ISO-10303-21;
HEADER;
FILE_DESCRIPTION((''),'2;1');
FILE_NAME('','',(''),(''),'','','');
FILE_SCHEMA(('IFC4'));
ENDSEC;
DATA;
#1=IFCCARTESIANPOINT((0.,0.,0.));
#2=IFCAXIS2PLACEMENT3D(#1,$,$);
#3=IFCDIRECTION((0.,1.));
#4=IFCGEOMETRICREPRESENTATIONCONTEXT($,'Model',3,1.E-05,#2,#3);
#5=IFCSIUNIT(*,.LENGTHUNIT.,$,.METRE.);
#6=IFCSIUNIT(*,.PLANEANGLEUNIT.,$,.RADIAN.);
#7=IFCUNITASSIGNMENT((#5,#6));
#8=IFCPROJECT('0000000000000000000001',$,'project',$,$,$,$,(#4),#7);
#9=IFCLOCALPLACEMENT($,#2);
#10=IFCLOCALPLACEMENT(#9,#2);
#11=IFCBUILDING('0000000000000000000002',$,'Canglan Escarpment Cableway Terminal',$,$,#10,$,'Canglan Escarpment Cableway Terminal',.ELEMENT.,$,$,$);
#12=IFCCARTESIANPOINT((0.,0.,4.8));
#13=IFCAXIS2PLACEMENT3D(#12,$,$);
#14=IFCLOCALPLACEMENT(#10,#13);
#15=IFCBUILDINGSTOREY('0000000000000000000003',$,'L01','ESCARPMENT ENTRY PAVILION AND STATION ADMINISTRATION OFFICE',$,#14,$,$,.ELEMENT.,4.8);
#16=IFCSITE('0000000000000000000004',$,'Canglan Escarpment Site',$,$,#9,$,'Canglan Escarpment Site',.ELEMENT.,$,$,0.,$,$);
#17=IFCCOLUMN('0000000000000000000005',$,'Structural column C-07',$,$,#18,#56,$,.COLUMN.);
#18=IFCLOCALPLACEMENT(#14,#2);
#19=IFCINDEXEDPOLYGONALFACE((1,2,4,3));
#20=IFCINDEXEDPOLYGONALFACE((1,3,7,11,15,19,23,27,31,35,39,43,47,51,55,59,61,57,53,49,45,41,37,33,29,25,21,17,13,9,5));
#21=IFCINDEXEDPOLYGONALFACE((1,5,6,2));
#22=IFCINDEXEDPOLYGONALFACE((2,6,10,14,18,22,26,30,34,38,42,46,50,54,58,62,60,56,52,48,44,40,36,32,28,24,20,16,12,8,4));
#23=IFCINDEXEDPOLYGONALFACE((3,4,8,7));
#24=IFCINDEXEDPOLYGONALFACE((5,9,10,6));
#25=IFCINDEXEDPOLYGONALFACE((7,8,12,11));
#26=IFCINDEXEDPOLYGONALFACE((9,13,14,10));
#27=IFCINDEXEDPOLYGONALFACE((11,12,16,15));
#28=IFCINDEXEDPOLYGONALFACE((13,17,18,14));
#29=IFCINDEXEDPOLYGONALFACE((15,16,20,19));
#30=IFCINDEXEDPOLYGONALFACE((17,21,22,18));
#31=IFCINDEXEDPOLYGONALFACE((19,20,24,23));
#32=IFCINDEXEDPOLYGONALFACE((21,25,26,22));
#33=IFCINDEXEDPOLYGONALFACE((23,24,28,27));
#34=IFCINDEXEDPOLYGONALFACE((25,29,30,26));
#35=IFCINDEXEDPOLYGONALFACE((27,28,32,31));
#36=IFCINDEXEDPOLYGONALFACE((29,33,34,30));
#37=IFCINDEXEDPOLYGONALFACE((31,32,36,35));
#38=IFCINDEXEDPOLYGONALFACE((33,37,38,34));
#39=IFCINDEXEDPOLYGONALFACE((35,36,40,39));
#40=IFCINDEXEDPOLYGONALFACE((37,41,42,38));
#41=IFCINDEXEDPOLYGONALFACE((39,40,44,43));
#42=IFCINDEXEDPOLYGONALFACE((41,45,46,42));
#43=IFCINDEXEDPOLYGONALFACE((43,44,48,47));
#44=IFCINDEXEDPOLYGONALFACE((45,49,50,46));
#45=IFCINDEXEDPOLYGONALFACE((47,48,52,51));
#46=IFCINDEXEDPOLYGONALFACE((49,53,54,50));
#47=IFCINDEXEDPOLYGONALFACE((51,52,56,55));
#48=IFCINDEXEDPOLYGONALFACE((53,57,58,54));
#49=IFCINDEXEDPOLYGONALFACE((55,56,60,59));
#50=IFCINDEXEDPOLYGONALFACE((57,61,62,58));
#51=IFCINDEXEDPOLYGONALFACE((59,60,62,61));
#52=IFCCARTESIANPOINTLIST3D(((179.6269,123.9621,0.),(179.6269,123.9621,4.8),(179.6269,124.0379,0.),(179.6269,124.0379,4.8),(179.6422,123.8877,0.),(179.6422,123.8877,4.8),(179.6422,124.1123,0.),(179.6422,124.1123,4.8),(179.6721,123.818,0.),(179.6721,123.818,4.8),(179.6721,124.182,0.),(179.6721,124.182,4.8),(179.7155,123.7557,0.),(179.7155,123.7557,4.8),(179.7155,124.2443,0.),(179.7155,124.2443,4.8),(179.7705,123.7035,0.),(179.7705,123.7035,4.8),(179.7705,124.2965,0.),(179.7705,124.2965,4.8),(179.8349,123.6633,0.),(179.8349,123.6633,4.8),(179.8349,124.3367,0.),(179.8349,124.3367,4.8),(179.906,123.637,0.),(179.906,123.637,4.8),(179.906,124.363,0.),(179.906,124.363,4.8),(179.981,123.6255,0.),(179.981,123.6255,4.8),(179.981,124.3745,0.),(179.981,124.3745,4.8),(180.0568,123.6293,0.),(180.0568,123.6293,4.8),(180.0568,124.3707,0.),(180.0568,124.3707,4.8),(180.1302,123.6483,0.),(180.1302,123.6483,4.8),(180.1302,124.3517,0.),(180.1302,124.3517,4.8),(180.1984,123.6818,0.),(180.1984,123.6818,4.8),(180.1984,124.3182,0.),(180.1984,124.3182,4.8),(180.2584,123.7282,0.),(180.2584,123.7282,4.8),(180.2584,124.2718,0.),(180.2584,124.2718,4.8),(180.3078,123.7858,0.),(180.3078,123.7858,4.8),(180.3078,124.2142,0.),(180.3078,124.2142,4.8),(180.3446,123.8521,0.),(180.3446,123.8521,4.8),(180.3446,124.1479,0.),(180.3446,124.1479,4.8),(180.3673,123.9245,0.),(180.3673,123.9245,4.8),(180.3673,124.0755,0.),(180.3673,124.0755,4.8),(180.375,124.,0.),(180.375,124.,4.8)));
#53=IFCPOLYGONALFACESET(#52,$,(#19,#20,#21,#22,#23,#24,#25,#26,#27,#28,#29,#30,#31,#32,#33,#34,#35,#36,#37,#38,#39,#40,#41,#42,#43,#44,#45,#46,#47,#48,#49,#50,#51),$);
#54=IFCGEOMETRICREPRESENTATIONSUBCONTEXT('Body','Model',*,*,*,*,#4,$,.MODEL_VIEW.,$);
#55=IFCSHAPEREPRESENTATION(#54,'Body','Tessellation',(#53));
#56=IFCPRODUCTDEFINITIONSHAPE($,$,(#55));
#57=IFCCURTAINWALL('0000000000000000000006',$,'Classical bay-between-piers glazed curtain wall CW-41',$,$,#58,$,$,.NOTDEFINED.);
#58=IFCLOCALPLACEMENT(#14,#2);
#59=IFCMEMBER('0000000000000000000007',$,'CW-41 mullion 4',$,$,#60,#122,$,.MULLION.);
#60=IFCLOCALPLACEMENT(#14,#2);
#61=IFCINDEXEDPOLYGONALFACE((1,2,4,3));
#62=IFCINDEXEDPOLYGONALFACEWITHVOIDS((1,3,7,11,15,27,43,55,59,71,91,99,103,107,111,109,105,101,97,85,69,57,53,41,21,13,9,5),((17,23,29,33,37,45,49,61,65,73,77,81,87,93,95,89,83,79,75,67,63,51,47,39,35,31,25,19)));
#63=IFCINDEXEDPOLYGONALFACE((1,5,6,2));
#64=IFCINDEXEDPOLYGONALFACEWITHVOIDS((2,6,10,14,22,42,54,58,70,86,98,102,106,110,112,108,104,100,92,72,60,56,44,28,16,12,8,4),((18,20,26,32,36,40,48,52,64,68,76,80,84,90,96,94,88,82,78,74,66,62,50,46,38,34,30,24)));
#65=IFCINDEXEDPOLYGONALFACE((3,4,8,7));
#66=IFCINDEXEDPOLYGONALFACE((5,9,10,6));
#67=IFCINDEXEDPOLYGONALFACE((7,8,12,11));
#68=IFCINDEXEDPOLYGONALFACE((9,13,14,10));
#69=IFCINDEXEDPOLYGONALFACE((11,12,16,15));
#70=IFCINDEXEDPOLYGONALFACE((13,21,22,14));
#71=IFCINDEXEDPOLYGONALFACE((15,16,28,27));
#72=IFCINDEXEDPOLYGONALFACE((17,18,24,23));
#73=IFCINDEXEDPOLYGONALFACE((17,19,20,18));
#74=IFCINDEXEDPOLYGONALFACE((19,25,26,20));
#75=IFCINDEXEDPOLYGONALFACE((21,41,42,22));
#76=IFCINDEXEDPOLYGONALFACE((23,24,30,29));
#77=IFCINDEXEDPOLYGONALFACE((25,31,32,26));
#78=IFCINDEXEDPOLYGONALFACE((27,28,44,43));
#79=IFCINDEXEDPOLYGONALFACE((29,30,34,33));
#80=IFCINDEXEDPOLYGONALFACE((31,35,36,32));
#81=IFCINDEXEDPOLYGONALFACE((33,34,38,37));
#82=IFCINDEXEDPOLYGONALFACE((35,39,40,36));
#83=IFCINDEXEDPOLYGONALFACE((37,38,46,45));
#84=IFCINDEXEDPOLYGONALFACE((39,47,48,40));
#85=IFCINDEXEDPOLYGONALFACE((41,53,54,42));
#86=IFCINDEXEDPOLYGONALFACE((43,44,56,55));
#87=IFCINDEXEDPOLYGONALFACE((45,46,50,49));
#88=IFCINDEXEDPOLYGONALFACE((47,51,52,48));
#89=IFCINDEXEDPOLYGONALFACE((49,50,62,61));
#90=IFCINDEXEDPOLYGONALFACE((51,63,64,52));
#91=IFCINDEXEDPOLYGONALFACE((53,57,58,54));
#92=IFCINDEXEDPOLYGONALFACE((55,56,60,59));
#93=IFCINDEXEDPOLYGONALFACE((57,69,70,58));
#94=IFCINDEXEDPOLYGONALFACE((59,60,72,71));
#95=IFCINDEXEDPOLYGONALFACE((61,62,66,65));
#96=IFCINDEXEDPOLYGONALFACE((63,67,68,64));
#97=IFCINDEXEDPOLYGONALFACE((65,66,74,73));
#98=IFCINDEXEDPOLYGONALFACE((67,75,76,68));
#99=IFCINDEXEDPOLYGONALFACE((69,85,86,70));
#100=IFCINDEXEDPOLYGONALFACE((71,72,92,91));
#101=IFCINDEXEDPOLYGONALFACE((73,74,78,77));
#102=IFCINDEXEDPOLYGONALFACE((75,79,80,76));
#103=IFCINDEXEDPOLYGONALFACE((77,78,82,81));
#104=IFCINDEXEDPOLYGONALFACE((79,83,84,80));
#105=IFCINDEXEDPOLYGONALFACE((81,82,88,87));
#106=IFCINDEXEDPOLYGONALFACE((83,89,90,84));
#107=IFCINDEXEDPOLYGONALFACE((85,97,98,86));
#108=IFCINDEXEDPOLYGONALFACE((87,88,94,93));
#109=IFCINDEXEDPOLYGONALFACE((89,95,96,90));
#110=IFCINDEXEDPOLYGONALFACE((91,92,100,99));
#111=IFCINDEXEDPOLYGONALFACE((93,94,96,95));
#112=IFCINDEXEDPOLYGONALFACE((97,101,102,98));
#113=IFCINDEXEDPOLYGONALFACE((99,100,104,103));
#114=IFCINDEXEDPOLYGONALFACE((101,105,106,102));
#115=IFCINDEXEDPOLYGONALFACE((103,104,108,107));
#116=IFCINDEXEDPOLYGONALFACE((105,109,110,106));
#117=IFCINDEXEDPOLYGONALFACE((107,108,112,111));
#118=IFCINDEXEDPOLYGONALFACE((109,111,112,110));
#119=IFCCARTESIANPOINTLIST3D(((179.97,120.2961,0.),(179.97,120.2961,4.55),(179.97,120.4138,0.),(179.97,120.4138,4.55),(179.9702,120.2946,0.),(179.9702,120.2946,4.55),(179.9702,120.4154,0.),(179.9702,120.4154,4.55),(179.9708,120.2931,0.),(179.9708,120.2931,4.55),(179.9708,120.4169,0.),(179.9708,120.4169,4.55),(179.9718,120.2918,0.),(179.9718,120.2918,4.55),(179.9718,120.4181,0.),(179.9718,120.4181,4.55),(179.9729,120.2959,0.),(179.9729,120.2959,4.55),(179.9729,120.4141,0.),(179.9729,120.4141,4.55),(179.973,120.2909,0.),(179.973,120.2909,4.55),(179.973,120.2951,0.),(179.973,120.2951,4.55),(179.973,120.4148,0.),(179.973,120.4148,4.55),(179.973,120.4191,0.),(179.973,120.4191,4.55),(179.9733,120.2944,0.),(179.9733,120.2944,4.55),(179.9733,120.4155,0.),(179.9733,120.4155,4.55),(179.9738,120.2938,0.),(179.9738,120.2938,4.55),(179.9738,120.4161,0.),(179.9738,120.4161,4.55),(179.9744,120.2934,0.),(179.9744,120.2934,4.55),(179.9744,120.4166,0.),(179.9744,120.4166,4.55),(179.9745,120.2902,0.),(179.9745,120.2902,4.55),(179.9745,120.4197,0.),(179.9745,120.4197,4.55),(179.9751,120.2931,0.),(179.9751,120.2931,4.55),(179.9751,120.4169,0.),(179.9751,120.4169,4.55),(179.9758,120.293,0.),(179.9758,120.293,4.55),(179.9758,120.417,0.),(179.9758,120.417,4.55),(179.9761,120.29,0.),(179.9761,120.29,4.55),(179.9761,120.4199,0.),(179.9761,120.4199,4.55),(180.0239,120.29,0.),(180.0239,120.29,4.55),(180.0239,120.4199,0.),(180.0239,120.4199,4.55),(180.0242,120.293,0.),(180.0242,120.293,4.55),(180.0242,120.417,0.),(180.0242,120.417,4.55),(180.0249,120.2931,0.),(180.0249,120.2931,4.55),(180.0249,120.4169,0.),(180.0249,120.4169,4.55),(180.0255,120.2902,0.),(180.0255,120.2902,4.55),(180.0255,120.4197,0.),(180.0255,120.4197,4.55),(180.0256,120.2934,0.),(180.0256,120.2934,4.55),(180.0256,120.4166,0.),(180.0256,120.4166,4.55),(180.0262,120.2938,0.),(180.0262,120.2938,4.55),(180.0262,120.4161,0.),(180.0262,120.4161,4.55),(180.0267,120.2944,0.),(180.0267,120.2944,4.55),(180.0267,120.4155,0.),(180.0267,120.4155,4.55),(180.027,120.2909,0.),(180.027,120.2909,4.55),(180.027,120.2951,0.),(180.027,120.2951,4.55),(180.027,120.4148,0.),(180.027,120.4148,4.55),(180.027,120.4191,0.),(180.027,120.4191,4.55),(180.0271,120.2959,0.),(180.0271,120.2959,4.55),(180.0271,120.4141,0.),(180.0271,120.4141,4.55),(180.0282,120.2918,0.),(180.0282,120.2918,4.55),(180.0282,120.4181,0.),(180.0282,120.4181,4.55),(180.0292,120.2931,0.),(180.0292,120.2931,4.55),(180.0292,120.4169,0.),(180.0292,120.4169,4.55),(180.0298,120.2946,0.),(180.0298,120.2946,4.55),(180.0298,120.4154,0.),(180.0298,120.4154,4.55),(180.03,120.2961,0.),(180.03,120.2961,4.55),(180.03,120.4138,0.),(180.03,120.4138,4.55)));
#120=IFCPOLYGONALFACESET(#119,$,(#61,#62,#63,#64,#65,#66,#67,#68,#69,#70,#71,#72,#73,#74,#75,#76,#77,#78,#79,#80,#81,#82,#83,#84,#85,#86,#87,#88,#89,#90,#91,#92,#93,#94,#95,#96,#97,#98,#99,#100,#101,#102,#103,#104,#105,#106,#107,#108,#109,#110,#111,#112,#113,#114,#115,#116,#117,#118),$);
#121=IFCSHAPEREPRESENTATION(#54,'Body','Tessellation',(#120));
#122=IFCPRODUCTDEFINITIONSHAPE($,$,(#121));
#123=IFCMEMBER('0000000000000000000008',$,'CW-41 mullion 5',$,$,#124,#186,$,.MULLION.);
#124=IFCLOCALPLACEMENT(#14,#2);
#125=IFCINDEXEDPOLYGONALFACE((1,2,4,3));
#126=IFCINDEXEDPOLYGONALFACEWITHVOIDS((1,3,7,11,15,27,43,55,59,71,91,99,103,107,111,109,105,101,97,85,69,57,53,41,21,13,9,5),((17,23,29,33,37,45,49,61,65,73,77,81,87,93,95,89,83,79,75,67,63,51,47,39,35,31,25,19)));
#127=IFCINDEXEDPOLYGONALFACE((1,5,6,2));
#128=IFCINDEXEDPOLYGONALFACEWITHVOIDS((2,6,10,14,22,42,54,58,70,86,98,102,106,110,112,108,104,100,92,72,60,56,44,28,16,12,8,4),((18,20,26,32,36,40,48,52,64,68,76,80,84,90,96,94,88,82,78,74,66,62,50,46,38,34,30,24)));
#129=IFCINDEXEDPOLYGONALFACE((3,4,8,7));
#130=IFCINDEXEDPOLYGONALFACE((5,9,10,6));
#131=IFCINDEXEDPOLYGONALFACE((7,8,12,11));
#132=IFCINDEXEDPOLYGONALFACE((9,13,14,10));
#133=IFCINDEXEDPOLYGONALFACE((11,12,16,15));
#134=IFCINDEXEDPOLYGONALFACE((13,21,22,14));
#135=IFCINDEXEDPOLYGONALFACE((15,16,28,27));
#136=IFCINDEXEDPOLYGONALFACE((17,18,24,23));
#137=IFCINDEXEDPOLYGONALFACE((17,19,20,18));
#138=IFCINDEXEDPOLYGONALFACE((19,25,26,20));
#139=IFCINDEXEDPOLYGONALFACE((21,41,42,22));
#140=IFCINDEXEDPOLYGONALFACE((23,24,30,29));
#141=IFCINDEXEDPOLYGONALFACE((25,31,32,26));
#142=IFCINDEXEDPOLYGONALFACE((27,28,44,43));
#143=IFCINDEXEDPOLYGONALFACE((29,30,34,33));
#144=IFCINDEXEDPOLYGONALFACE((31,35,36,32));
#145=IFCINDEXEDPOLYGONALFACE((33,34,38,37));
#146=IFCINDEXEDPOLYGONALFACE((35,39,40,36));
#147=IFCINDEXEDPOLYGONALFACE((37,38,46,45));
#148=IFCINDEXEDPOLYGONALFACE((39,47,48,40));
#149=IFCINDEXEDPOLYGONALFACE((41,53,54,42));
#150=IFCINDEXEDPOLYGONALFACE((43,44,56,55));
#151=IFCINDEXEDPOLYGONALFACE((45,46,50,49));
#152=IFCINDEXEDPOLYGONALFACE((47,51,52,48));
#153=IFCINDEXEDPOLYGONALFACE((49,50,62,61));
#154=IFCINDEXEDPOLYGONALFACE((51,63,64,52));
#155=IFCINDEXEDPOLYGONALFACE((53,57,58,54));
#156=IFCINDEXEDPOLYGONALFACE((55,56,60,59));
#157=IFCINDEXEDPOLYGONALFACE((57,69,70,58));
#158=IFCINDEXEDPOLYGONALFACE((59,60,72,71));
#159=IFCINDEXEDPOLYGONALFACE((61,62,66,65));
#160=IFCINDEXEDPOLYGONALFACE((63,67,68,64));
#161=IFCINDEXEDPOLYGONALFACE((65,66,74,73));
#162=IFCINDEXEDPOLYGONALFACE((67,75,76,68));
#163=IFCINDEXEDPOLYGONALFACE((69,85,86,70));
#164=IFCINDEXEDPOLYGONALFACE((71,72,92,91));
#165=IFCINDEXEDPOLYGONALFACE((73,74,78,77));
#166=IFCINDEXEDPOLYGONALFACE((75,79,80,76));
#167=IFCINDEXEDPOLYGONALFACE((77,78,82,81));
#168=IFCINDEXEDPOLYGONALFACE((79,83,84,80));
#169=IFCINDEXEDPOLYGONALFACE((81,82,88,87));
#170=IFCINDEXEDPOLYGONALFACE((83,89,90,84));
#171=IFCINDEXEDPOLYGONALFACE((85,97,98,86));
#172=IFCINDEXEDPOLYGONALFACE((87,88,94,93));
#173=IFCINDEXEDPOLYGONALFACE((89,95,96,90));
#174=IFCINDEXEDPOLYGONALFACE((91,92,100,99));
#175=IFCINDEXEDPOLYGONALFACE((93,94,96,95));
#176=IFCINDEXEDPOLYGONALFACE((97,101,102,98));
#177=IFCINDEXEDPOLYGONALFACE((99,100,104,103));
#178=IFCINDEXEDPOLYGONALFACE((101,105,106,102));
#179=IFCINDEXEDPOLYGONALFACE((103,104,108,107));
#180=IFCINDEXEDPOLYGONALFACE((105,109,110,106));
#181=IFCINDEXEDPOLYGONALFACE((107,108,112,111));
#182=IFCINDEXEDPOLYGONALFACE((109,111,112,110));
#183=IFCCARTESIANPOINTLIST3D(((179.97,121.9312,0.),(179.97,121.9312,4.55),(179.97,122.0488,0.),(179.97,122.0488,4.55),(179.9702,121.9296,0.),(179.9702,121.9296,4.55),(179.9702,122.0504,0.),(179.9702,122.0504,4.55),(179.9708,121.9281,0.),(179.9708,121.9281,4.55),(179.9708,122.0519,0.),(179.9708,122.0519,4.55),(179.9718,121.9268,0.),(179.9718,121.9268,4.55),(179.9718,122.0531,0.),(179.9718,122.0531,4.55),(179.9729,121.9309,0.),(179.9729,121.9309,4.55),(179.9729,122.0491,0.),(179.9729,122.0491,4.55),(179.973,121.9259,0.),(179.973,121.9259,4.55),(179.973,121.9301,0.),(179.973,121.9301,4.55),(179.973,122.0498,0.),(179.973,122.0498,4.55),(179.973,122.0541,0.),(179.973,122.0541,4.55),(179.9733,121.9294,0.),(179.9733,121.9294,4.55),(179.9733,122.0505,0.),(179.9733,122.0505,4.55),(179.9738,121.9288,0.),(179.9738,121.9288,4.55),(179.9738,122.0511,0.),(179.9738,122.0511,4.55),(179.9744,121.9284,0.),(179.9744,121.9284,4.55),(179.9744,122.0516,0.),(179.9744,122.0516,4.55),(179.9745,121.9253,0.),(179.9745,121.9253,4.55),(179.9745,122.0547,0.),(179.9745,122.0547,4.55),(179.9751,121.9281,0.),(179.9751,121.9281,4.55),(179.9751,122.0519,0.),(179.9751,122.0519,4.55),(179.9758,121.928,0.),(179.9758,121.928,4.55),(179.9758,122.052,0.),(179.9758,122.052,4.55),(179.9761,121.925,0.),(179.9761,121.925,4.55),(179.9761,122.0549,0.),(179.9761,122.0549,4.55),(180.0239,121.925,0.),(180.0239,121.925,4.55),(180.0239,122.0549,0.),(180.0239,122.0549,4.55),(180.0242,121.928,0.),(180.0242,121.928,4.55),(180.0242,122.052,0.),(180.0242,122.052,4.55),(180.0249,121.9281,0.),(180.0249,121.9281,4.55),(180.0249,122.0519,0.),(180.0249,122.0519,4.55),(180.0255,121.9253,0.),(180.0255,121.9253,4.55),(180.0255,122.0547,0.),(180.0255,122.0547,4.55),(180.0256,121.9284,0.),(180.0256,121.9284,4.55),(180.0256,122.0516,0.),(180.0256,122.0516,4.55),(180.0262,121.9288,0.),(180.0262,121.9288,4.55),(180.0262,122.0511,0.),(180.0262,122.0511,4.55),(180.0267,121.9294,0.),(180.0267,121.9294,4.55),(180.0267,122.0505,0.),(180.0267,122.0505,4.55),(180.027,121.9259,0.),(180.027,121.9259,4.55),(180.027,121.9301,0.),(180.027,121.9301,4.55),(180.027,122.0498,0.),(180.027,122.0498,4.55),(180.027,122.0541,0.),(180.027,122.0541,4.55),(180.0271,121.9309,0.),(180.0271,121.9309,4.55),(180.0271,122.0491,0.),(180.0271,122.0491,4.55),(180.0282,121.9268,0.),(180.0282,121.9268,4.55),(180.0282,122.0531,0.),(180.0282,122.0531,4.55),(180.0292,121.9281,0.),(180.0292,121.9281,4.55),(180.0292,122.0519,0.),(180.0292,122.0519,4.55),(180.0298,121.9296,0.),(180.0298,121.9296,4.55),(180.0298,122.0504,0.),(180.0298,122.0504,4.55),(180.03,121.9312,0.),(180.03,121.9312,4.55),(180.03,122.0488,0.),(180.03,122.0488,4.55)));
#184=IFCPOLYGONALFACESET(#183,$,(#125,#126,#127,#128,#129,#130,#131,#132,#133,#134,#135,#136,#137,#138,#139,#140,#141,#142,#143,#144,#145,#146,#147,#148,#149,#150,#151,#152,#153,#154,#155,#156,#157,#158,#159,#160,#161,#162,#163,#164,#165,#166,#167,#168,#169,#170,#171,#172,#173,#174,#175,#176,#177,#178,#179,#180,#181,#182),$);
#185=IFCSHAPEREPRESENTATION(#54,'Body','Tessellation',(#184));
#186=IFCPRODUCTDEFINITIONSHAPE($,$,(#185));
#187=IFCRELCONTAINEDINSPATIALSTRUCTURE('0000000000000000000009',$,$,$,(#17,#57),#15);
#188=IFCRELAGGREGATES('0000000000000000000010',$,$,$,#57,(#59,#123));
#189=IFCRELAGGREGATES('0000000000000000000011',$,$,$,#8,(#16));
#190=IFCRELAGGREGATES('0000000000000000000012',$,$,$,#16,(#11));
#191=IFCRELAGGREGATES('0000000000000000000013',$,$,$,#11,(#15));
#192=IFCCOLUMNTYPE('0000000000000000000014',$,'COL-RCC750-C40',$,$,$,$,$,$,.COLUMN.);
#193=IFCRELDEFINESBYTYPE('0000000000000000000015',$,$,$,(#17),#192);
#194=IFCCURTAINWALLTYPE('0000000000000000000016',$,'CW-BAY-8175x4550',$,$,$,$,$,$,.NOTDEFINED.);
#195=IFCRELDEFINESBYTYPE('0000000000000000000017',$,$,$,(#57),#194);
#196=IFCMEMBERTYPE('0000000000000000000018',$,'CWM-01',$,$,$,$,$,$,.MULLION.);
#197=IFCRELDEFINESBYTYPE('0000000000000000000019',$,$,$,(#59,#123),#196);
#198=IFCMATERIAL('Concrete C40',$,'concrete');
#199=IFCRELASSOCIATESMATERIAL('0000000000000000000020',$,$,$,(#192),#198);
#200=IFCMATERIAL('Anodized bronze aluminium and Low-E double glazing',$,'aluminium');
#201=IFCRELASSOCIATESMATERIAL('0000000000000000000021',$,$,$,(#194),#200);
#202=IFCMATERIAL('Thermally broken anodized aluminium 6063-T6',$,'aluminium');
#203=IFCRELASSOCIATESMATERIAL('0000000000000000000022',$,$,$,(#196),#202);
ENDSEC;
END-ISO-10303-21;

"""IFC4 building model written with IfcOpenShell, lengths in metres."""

from ifc_helpers import new_model, si_unit, direction, frame, origin, origin_2d, place, context, subcontext, project, spatial, hollow_rectangle, circle, extrude, material, material_profile, profile_set, type_object, element, aggregate, save


model = new_model("IFC4")

# Units and contexts
model_context = context("Model", 3, precision=1e-05, world=origin(), true_north=direction((0.0, 1.0)))
body_context = subcontext(model_context, "Body", "Model", "MODEL_VIEW")
ifc_project = project(units=[si_unit("LENGTHUNIT", "METRE"), si_unit("PLANEANGLEUNIT", "RADIAN")], contexts=[model_context])

# Site, building, storey
site_placement = place(None, origin())
site = spatial("IfcSite", under=ifc_project, at=site_placement, Name="Canglan Escarpment Site", LongName="Canglan Escarpment Site", CompositionType="ELEMENT", RefElevation=0.0)
building_placement = place(site_placement, origin())
building = spatial("IfcBuilding", under=site, at=building_placement, Name="Canglan Escarpment Cableway Terminal", LongName="Canglan Escarpment Cableway Terminal", CompositionType="ELEMENT")
storey_placement = place(building_placement, frame((0.0, 0.0, 4.8)))
storey = spatial("IfcBuildingStorey", under=building, at=storey_placement, Name="L01", Description="ESCARPMENT ENTRY PAVILION AND STATION ADMINISTRATION OFFICE", CompositionType="ELEMENT", Elevation=4.8)

# Column
ifc_material_1 = material(Name="Concrete C40", Category="concrete")
ifc_material_profile_1 = material_profile(ifc_material_1, circle(Radius=0.375, at=origin_2d()), Name="RC-CIRC D750")
ifc_profile_set_1 = profile_set([ifc_material_profile_1], Name="Concrete C40")
column_type = type_object("IfcColumnType", Name="COL-RCC750-C40", PredefinedType="COLUMN", material=ifc_profile_set_1)
column_placement = place(storey_placement, frame((180.0, 124.0, 0.0), z_axis=(0.0, 0.0, 1.0), x_axis=(1.0, 0.0, 0.0)))
element("IfcColumn", 1, at=column_placement, inside=storey, type_object=column_type, Name="Structural column C-07", PredefinedType="COLUMN", context=body_context, shape_type="SweptSolid", body=[
    extrude(circle(Radius=0.375, at=origin_2d()), origin(), (0.0, 0.0, 1.0), 4.8),
])

# Curtain wall, members
ifc_material_2 = material(Name="Anodized bronze aluminium and Low-E double glazing", Category="aluminium")
curtain_wall_type = type_object("IfcCurtainWallType", Name="CW-BAY-8175x4550", PredefinedType="NOTDEFINED", material=ifc_material_2)
curtain_wall_placement = place(storey_placement, origin())
curtain_wall = element("IfcCurtainWall", 2, at=curtain_wall_placement, inside=storey, type_object=curtain_wall_type, Name="Classical bay-between-piers glazed curtain wall CW-41", PredefinedType="NOTDEFINED")
ifc_material_3 = material(Name="Thermally broken anodized aluminium 6063-T6", Category="aluminium")
ifc_material_profile_2 = material_profile(ifc_material_3, hollow_rectangle(XDim=0.0601, YDim=0.1299, WallThickness=0.0029, InnerFilletRadius=0.0029, OuterFilletRadius=0.0061, at=origin_2d()), Name="ALU-MULL 60x130x3")
ifc_profile_set_2 = profile_set([ifc_material_profile_2], Name="Thermally broken anodized aluminium 6063-T6")
member_type_1 = type_object("IfcMemberType", Name="CWM-01", PredefinedType="MULLION", material=ifc_profile_set_2)
member_1_placement = place(storey_placement, frame((180.0, 120.355, 0.0), z_axis=(0.0, 0.0, 1.0), x_axis=(-1.0, 0.0, 0.0)))
member_1 = element("IfcMember", 3, at=member_1_placement, type_object=member_type_1, Name="CW-41 mullion 4", PredefinedType="MULLION", context=body_context, shape_type="SweptSolid", body=[
    extrude(hollow_rectangle(XDim=0.0601, YDim=0.1299, WallThickness=0.0029, InnerFilletRadius=0.0029, OuterFilletRadius=0.0061, at=origin_2d()), origin(), (0.0, 0.0, 1.0), 4.55),
])
member_2_placement = place(storey_placement, frame((180.0, 121.99, 0.0), z_axis=(0.0, 0.0, 1.0), x_axis=(-1.0, 0.0, 0.0)))
member_2 = element("IfcMember", 4, at=member_2_placement, type_object=member_type_1, Name="CW-41 mullion 5", PredefinedType="MULLION", context=body_context, shape_type="SweptSolid", body=[
    extrude(hollow_rectangle(XDim=0.0601, YDim=0.1299, WallThickness=0.0029, InnerFilletRadius=0.0029, OuterFilletRadius=0.0061, at=origin_2d()), origin(), (0.0, 0.0, 1.0), 4.55),
])
aggregate(curtain_wall, [member_1, member_2])

save(model, "model.ifc")
